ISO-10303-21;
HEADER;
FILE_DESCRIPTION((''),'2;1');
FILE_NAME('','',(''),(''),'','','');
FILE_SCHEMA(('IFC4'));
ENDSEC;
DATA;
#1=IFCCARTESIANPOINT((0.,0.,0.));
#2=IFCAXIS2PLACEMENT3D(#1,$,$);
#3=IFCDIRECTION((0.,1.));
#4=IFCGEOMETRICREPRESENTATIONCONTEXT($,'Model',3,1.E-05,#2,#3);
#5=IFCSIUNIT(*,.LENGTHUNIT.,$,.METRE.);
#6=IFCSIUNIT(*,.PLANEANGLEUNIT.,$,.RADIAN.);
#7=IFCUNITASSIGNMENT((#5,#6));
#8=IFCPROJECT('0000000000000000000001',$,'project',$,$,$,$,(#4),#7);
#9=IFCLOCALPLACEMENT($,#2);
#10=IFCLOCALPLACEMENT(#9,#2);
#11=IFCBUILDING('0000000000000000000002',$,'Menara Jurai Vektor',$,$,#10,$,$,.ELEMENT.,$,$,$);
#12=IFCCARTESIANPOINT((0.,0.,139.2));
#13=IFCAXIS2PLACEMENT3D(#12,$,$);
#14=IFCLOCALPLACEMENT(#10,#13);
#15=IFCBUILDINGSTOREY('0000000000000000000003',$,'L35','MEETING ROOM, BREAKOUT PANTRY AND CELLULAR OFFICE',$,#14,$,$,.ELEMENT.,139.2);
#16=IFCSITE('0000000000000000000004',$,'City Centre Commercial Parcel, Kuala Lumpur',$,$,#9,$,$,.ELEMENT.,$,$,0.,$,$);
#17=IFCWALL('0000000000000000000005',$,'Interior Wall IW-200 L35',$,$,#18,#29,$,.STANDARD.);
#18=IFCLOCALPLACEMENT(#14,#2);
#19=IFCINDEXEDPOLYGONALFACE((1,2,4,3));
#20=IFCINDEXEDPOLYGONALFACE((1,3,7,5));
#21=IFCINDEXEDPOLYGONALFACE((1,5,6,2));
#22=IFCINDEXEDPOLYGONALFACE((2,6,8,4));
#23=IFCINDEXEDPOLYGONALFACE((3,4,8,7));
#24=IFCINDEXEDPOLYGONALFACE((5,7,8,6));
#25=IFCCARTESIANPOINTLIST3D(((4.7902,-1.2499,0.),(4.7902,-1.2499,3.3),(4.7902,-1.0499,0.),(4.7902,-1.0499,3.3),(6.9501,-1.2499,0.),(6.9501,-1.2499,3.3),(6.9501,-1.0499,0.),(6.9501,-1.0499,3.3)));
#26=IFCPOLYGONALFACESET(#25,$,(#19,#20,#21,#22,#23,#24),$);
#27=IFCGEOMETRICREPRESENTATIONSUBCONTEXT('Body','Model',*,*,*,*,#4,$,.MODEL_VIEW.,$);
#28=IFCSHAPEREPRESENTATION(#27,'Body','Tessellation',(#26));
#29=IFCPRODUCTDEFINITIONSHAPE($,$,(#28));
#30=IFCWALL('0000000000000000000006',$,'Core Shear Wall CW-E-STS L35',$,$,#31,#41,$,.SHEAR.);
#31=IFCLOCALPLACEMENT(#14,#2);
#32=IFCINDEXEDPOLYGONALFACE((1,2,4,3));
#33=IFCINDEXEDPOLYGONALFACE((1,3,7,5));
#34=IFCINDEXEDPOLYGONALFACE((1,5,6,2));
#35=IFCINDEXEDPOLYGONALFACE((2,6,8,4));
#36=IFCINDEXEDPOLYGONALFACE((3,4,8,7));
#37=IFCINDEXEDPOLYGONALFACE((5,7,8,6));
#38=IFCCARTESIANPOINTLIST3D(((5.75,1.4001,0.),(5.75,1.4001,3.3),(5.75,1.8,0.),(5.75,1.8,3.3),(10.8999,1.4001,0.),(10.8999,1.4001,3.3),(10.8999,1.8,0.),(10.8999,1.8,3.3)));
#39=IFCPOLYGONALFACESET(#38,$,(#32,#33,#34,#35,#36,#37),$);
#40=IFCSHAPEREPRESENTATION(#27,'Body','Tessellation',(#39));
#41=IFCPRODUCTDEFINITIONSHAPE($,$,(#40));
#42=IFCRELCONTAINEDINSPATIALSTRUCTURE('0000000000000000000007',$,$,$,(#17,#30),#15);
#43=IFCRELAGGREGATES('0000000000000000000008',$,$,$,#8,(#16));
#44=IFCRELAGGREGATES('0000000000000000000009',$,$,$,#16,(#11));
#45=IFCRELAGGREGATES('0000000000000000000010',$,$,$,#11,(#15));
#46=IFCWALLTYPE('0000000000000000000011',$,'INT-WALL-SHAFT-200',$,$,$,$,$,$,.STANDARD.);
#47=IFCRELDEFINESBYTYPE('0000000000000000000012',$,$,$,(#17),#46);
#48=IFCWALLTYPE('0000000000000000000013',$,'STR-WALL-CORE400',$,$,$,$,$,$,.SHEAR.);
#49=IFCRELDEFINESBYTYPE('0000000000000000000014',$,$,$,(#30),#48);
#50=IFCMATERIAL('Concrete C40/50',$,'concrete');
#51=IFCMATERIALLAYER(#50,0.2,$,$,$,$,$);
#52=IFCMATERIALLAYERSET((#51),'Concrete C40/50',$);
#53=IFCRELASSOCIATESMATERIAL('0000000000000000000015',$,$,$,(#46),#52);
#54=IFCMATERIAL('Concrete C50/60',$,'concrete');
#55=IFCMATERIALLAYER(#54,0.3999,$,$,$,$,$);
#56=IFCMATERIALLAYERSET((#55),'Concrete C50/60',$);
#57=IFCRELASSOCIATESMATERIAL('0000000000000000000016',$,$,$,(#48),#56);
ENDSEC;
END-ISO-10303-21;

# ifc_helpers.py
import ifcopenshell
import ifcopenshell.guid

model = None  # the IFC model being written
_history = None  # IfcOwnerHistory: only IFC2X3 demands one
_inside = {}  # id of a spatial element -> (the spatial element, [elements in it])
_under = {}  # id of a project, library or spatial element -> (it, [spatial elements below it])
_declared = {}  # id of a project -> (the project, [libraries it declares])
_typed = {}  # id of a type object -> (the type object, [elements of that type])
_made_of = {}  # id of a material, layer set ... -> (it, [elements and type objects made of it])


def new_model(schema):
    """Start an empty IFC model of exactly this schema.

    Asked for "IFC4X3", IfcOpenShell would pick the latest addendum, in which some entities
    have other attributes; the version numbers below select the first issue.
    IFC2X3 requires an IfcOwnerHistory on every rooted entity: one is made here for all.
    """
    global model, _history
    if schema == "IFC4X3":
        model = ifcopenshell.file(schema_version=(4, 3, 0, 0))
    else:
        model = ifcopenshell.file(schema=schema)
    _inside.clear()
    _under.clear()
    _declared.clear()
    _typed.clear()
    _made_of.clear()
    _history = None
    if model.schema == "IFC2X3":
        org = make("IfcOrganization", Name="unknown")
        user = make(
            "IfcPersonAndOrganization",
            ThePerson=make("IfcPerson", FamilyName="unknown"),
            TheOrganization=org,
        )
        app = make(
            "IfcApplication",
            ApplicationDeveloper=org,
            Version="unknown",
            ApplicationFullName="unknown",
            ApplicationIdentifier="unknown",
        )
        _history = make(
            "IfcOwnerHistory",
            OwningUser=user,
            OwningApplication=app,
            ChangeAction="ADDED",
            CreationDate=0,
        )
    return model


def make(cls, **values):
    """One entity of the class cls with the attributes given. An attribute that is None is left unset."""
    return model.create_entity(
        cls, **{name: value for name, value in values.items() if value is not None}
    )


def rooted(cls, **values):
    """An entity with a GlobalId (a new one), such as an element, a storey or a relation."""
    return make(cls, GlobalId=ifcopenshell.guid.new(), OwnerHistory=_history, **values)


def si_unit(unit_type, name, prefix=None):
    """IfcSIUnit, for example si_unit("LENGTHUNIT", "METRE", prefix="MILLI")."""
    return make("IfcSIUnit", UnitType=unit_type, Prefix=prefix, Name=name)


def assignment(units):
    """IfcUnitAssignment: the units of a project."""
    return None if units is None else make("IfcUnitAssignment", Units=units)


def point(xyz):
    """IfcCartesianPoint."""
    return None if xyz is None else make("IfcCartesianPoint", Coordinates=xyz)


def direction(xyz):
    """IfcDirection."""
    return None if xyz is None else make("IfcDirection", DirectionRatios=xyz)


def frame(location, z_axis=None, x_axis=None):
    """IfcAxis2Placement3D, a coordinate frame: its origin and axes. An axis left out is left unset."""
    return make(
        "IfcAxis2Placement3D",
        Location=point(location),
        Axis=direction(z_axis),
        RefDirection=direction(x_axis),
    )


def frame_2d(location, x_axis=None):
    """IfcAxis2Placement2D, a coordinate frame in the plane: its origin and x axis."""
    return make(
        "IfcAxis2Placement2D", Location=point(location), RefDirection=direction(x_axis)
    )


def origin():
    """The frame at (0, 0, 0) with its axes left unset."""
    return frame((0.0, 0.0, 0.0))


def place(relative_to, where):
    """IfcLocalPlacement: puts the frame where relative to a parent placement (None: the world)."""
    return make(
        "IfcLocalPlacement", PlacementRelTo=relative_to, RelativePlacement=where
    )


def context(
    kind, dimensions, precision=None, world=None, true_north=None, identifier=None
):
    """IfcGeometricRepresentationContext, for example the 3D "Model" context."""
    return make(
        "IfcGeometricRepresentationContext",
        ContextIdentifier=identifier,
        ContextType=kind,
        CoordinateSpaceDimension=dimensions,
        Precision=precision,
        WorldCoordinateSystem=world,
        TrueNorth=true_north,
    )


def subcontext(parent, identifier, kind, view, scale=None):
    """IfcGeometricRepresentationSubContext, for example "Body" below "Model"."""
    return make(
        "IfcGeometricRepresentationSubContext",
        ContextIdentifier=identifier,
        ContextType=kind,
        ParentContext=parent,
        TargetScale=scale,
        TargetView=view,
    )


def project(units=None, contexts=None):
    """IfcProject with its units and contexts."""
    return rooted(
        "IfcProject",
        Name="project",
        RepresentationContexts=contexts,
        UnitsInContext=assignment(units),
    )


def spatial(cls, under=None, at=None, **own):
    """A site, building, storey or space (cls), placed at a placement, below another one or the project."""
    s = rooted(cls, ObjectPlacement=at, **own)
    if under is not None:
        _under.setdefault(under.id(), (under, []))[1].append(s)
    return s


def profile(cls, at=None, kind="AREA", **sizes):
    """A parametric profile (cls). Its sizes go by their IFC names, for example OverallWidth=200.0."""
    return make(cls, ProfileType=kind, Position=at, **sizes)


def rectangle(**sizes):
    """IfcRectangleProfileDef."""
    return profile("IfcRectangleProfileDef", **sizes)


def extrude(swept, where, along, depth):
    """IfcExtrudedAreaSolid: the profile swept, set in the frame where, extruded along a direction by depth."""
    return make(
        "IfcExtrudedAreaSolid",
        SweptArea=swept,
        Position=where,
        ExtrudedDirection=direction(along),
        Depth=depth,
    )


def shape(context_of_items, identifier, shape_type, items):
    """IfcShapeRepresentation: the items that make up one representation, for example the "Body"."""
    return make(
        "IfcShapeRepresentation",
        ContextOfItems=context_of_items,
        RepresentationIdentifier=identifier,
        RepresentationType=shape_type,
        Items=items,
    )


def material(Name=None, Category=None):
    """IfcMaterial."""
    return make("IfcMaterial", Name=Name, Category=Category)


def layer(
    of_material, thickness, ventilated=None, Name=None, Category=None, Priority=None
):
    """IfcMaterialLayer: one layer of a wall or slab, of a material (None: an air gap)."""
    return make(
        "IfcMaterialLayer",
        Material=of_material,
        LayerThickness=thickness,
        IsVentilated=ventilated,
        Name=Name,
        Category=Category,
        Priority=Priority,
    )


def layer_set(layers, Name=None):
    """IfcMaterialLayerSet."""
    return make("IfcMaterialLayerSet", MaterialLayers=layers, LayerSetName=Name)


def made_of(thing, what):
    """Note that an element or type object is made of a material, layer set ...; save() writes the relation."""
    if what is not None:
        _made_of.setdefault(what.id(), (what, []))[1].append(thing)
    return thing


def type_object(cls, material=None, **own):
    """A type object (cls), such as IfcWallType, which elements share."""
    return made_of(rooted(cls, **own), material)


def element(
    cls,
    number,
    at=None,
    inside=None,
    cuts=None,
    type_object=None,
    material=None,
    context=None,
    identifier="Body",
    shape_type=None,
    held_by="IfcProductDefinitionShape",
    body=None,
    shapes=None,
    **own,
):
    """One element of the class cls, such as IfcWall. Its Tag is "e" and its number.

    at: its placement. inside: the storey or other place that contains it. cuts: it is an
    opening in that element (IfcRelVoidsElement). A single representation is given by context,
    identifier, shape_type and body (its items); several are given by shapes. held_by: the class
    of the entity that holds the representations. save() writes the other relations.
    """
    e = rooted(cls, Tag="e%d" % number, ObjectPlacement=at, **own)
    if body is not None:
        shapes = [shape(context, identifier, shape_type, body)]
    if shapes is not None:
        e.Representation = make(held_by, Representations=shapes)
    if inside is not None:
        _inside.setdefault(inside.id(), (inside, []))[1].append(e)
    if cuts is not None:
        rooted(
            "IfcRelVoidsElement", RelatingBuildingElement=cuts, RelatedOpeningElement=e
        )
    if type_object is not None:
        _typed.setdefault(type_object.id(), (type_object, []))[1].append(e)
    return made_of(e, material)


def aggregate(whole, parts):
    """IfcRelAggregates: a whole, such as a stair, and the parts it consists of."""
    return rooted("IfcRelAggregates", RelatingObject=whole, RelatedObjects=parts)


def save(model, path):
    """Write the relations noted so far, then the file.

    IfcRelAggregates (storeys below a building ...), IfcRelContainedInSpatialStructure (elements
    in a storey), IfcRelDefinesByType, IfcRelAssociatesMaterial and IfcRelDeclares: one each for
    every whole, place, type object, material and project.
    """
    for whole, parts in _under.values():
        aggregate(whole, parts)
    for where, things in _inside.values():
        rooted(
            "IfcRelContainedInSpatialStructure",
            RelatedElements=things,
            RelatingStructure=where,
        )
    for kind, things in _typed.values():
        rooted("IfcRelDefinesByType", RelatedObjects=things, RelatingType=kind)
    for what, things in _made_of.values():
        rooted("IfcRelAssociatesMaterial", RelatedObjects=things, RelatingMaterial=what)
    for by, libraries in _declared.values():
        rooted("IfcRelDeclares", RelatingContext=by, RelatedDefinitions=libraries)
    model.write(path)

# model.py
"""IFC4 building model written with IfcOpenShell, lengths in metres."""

from ifc_helpers import new_model, si_unit, direction, frame, frame_2d, origin, place, context, subcontext, project, spatial, rectangle, extrude, material, layer, layer_set, type_object, element, save


model = new_model("IFC4")

# Units and contexts
model_context = context("Model", 3, precision=1e-05, world=origin(), true_north=direction((0.0, 1.0)))
body_context = subcontext(model_context, "Body", "Model", "MODEL_VIEW")
ifc_project = project(units=[si_unit("LENGTHUNIT", "METRE"), si_unit("PLANEANGLEUNIT", "RADIAN")], contexts=[model_context])

# Site, building, storey
site_placement = place(None, origin())
site = spatial("IfcSite", under=ifc_project, at=site_placement, Name="City Centre Commercial Parcel, Kuala Lumpur", CompositionType="ELEMENT", RefElevation=0.0)
building_placement = place(site_placement, origin())
building = spatial("IfcBuilding", under=site, at=building_placement, Name="Menara Jurai Vektor", CompositionType="ELEMENT")
storey_placement = place(building_placement, frame((0.0, 0.0, 139.2)))
storey = spatial("IfcBuildingStorey", under=building, at=storey_placement, Name="L35", Description="MEETING ROOM, BREAKOUT PANTRY AND CELLULAR OFFICE", CompositionType="ELEMENT", Elevation=139.2)

# Shared definitions
ifc_material_1 = material(Name="Concrete C50/60", Category="concrete")

# Shared definitions
ifc_material_2 = material(Name="Concrete C40/50", Category="concrete")

# Shared definitions
ifc_layer_1 = layer(ifc_material_2, 0.2)
ifc_layer_set_1 = layer_set([ifc_layer_1], Name="Concrete C40/50")
wall_type_1 = type_object("IfcWallType", Name="INT-WALL-SHAFT-200", PredefinedType="STANDARD", material=ifc_layer_set_1)

# Wall
wall_1_placement = place(storey_placement, frame((4.79, -1.1499, 0.0), z_axis=(0.0, 0.0, 1.0), x_axis=(1.0, 0.0, 0.0)))
element("IfcWall", 1, at=wall_1_placement, inside=storey, type_object=wall_type_1, Name="Interior Wall IW-200 L35", PredefinedType="STANDARD", context=body_context, shape_type="SweptSolid", body=[
    extrude(rectangle(XDim=2.1599, YDim=0.2, at=frame_2d((1.0801, 0.0))), origin(), (0.0, 0.0, 1.0), 3.3),
])

# Wall
ifc_layer_2 = layer(ifc_material_1, 0.3999)
ifc_layer_set_2 = layer_set([ifc_layer_2], Name="Concrete C50/60")
wall_type_2 = type_object("IfcWallType", Name="STR-WALL-CORE400", PredefinedType="SHEAR", material=ifc_layer_set_2)
wall_2_placement = place(storey_placement, frame((5.75, 1.6001, 0.0), z_axis=(0.0, 0.0, 1.0), x_axis=(1.0, 0.0, 0.0)))
element("IfcWall", 2, at=wall_2_placement, inside=storey, type_object=wall_type_2, Name="Core Shear Wall CW-E-STS L35", PredefinedType="SHEAR", context=body_context, shape_type="SweptSolid", body=[
    extrude(rectangle(XDim=5.1499, YDim=0.3999, at=frame_2d((2.575, 0.0))), origin(), (0.0, 0.0, 1.0), 3.3),
])

save(model, "model.ifc")
